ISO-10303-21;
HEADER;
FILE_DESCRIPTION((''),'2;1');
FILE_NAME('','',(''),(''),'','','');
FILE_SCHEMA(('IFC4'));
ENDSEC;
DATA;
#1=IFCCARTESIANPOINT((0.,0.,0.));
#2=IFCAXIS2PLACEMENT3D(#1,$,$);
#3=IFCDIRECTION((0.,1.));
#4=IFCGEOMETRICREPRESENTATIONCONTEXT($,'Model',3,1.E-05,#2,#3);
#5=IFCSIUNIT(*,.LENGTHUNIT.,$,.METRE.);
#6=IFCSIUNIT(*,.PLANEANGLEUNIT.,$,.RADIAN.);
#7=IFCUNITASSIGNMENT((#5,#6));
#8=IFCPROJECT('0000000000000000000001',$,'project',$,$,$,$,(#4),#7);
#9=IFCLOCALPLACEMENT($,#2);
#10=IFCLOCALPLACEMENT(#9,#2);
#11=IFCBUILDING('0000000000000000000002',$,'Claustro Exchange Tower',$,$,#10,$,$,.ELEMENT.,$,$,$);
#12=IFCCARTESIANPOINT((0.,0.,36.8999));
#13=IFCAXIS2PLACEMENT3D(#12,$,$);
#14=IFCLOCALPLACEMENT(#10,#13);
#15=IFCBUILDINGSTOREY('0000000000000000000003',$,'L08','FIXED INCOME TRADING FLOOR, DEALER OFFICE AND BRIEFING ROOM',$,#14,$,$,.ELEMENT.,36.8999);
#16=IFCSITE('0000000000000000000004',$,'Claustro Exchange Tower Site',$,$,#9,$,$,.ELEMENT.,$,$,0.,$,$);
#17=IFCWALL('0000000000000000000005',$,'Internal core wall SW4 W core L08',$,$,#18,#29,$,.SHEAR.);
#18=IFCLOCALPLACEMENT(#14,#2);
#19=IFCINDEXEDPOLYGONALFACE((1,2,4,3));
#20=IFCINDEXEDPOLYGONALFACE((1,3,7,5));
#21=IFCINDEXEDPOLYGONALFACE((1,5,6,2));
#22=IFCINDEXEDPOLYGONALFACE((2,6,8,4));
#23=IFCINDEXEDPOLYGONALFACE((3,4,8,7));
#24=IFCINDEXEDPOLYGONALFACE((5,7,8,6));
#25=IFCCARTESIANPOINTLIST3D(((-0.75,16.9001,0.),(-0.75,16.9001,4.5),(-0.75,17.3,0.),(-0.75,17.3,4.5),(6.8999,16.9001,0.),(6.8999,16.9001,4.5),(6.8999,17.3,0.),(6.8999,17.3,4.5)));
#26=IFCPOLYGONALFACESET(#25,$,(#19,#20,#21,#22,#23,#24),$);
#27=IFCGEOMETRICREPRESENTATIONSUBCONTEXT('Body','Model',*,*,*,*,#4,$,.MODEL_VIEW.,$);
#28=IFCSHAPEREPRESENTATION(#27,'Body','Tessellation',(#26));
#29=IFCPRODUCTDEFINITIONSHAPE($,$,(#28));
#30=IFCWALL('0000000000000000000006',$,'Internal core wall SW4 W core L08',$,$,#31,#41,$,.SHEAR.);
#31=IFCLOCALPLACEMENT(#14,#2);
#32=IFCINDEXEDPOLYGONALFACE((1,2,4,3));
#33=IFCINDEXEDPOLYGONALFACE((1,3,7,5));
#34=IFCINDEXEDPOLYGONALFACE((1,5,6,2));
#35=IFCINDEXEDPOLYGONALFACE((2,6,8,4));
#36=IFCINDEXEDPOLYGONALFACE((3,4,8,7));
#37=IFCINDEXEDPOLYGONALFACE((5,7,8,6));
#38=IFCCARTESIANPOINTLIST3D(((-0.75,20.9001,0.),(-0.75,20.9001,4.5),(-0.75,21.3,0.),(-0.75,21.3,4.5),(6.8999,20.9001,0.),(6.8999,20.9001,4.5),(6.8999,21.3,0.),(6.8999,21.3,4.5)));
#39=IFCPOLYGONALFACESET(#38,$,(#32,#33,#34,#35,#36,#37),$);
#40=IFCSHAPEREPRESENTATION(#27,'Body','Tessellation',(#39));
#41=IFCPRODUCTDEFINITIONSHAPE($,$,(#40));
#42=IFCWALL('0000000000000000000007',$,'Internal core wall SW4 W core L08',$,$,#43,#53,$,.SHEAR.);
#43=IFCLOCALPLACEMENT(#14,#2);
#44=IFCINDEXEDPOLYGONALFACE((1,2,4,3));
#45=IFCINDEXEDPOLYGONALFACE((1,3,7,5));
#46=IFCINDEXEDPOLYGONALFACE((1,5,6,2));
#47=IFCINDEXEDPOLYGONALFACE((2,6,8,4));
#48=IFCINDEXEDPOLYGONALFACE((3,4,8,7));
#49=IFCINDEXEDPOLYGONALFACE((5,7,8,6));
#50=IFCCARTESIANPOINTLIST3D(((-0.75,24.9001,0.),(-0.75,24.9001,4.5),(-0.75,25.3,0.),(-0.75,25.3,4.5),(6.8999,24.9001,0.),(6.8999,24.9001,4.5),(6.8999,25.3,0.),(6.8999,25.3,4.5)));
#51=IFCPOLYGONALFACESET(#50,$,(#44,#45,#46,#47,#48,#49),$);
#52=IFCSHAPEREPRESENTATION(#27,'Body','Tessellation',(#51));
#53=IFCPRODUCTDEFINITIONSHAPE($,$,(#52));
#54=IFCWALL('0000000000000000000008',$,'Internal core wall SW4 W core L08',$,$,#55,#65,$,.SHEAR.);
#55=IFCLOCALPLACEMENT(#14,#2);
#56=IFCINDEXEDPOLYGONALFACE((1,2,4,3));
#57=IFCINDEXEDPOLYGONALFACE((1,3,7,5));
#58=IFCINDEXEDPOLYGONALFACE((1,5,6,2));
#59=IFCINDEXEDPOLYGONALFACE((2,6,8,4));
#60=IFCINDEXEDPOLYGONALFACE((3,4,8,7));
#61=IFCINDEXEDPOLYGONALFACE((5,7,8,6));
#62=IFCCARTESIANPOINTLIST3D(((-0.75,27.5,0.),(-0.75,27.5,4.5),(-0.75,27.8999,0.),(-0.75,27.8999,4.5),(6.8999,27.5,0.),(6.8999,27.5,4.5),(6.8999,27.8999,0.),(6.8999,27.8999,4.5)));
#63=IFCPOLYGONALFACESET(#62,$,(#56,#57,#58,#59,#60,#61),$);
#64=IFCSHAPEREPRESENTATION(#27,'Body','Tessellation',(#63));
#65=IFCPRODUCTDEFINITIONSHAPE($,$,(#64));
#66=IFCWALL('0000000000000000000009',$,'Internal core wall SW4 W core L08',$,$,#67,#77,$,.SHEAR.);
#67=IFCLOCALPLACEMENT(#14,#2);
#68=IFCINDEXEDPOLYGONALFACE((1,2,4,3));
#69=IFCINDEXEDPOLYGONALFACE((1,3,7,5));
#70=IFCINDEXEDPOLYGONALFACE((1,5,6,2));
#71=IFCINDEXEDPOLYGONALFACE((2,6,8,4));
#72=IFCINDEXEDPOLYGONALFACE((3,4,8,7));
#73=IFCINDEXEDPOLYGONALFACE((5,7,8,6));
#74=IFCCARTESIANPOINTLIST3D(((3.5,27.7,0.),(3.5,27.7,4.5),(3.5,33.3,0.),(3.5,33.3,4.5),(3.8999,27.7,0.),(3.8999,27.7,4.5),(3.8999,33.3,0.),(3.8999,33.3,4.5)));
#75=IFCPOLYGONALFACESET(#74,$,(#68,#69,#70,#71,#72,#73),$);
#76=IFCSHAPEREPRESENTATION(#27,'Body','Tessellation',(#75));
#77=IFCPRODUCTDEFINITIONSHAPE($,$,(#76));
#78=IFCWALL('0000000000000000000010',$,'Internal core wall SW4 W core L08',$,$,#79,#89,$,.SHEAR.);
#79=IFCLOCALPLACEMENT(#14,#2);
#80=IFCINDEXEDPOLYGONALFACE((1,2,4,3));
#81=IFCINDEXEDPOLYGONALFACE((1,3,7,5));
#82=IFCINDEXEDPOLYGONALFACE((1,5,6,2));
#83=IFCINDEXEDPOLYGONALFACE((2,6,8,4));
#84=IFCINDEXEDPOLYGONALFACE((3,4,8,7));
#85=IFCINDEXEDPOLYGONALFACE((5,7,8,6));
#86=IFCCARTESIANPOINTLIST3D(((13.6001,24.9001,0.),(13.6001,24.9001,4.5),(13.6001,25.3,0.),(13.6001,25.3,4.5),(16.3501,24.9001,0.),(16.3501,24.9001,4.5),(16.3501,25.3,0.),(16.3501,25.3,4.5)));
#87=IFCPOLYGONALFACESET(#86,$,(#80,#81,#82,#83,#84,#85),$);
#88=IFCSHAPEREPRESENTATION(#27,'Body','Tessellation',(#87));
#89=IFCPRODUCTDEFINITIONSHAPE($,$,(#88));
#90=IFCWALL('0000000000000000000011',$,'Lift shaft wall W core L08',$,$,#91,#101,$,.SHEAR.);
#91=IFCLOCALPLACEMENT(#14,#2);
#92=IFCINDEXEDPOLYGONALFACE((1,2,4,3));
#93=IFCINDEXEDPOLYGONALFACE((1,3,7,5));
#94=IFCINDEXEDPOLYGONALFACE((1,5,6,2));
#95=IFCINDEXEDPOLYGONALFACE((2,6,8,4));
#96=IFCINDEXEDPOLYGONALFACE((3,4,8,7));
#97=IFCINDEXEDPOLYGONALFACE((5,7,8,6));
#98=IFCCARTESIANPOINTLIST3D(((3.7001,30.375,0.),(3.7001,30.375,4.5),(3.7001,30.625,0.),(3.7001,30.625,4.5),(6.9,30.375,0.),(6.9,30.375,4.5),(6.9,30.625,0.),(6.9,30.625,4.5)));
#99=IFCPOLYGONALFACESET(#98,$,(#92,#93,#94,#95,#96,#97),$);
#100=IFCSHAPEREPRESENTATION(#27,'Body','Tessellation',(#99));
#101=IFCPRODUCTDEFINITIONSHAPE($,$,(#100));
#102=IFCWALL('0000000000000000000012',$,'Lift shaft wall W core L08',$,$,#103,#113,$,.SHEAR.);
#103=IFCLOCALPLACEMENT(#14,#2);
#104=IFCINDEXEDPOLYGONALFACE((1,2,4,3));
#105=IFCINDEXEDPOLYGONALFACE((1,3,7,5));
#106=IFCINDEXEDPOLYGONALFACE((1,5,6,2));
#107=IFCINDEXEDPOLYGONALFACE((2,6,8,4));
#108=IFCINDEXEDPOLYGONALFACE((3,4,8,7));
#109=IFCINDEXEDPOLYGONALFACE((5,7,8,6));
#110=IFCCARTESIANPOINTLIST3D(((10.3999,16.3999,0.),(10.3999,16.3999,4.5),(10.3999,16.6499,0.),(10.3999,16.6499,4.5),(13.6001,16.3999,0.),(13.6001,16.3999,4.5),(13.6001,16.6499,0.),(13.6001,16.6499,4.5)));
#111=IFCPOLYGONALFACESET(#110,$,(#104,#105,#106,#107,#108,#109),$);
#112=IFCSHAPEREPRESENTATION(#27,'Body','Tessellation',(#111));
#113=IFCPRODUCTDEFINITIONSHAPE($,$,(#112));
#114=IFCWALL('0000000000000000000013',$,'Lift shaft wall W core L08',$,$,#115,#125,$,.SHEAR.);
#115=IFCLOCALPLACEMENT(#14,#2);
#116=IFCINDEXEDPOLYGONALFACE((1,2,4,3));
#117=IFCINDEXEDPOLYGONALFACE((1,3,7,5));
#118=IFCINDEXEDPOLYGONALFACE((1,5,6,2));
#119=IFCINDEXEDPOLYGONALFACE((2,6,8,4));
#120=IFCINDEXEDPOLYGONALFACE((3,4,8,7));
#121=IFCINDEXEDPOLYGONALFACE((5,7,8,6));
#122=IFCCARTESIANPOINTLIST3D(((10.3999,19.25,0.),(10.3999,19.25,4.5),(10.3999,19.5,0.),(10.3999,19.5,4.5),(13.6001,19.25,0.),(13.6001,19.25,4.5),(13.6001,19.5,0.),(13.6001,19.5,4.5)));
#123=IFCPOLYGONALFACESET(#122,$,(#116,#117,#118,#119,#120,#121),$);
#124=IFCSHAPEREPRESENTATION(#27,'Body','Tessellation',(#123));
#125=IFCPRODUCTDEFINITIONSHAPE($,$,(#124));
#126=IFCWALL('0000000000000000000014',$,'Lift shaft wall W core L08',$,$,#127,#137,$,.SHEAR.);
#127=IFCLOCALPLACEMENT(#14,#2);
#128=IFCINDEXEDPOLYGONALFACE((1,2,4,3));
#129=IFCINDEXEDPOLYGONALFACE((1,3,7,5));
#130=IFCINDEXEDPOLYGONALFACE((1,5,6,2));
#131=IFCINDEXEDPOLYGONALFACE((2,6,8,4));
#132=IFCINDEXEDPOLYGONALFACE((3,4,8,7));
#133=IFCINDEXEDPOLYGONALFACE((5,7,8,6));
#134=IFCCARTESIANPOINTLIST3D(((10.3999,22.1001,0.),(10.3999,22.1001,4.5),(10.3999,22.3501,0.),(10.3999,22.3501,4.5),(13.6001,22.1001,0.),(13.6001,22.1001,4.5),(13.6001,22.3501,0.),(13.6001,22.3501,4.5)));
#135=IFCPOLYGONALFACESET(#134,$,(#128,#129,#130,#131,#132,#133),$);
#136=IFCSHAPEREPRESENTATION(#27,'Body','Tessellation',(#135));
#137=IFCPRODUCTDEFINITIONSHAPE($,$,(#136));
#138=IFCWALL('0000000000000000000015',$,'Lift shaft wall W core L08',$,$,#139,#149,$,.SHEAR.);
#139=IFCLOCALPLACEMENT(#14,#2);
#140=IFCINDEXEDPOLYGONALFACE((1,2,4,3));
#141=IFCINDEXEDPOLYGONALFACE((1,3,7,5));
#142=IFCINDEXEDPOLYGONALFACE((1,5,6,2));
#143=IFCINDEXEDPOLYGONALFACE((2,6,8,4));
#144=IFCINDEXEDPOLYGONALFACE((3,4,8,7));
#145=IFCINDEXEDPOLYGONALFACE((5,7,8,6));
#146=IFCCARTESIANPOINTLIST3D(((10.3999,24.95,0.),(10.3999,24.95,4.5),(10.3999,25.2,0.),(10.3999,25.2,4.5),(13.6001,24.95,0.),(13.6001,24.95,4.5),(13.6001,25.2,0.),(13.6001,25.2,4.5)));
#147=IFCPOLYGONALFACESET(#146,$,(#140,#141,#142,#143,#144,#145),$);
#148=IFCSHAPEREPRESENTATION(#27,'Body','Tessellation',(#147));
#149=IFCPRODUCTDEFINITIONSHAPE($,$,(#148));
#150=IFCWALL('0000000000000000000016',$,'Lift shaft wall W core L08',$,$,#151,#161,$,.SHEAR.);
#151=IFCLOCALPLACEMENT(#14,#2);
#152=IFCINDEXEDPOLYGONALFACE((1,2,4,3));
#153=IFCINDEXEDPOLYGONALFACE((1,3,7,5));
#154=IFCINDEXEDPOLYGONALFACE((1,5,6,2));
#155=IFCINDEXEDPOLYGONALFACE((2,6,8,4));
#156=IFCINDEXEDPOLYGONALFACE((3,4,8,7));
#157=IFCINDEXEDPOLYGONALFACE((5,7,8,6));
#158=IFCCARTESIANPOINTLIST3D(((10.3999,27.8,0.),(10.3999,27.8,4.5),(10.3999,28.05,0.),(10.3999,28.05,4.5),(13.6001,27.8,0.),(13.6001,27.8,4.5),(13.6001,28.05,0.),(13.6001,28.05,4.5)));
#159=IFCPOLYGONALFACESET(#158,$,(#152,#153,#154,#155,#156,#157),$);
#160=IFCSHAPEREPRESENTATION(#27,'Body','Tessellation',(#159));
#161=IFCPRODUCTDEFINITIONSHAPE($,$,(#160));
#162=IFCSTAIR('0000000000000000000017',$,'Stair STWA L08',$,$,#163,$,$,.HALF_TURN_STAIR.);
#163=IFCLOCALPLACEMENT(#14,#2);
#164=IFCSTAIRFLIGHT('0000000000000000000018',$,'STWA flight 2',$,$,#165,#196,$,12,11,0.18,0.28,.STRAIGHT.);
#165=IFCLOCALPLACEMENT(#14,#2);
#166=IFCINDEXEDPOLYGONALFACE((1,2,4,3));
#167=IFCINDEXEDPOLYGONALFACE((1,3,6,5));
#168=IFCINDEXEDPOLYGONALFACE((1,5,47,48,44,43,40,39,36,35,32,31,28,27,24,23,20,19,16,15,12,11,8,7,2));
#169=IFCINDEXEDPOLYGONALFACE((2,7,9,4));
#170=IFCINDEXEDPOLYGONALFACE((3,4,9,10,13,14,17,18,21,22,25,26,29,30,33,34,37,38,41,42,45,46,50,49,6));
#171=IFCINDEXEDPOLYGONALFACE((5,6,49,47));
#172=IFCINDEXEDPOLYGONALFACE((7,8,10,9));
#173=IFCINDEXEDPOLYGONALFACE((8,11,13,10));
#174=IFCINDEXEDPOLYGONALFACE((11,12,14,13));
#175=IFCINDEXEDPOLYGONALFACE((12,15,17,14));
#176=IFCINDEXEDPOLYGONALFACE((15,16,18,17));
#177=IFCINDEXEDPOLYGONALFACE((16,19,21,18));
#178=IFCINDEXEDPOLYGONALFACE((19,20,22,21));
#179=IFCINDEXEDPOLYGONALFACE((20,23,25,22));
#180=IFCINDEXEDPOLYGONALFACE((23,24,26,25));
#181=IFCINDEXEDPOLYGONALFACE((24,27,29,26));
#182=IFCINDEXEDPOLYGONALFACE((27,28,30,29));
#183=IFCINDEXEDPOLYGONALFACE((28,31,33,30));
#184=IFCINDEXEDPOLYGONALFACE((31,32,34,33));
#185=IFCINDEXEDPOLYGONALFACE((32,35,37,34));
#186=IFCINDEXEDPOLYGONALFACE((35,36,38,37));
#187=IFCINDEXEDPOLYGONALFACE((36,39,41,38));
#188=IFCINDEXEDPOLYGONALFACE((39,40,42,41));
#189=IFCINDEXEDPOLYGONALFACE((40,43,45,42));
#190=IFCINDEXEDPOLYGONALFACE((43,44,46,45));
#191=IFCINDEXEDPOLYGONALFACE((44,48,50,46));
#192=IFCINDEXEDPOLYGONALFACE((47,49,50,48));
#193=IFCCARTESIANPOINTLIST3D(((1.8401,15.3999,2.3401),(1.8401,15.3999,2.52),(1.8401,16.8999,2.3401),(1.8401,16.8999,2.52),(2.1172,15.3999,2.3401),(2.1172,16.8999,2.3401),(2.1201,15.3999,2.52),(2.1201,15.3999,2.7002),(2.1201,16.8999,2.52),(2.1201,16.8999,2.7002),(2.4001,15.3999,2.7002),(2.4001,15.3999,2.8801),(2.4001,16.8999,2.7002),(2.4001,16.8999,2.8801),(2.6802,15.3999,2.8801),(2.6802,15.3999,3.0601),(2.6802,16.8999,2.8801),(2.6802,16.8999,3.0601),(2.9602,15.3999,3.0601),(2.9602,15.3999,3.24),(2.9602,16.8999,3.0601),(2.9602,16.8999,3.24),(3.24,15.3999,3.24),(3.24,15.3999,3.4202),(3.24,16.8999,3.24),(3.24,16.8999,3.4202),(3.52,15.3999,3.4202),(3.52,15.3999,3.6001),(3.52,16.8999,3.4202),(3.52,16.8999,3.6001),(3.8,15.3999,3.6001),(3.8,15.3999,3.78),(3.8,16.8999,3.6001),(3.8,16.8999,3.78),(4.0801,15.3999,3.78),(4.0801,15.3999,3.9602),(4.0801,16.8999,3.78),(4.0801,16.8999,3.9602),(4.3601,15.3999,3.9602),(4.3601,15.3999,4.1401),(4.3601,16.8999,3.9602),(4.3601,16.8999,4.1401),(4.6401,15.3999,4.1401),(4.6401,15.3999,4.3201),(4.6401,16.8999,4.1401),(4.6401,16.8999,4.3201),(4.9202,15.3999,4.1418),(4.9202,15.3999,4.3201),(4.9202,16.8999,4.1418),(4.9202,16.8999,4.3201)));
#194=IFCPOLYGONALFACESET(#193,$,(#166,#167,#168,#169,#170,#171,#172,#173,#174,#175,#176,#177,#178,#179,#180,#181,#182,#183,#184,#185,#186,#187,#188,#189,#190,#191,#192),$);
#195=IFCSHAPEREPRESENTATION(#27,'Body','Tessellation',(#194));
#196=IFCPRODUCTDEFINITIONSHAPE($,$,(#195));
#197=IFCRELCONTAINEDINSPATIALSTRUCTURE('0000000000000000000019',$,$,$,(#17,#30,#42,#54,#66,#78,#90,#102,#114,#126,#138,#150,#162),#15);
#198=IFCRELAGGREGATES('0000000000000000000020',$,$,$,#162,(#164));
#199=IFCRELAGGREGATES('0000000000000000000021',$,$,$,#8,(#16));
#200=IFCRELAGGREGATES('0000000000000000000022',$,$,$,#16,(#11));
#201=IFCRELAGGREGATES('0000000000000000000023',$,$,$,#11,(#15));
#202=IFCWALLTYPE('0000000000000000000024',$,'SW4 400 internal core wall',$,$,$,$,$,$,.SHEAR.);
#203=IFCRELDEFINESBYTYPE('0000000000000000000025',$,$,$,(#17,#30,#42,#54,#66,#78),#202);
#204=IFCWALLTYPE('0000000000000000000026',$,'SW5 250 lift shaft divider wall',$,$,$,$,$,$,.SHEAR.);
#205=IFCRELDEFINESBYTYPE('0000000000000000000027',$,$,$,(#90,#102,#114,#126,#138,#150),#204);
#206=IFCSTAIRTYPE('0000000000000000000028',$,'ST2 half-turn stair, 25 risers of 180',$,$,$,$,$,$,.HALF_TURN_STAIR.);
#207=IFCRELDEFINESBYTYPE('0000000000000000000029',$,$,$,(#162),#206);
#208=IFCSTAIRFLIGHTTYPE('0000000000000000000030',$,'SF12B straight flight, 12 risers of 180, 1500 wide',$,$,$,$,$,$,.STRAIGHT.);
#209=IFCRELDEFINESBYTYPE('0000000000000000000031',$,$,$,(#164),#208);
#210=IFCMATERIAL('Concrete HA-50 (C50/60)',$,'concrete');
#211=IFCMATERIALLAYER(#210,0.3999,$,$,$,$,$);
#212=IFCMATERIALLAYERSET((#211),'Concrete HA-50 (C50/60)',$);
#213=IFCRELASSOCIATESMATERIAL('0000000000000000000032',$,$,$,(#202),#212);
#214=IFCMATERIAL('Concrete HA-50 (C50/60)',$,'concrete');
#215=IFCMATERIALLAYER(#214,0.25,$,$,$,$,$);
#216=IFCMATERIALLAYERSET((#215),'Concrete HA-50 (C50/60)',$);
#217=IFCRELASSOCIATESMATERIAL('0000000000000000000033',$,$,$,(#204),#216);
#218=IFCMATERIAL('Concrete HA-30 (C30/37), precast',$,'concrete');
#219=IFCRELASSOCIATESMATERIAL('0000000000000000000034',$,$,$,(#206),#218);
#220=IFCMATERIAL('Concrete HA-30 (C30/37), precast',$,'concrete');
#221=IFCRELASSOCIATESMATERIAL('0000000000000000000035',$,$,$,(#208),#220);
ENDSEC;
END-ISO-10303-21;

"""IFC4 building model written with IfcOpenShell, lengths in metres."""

from ifc_helpers import new_model, si_unit, direction, frame, frame_2d, origin, place, context, subcontext, project, spatial, polyline, rectangle, outline, extrude, material, layer, layer_set, type_object, element, aggregate, save


model = new_model("IFC4")

# Units and contexts
model_context = context("Model", 3, precision=1e-05, world=origin(), true_north=direction((0.0, 1.0)))
body_context = subcontext(model_context, "Body", "Model", "MODEL_VIEW")
ifc_project = project(units=[si_unit("LENGTHUNIT", "METRE"), si_unit("PLANEANGLEUNIT", "RADIAN")], contexts=[model_context])

# Site, building, storey
site_placement = place(None, origin())
site = spatial("IfcSite", under=ifc_project, at=site_placement, Name="Claustro Exchange Tower Site", CompositionType="ELEMENT", RefElevation=0.0)
building_placement = place(site_placement, origin())
building = spatial("IfcBuilding", under=site, at=building_placement, Name="Claustro Exchange Tower", CompositionType="ELEMENT")
storey_placement = place(building_placement, frame((0.0, 0.0, 36.8999)))
storey = spatial("IfcBuildingStorey", under=building, at=storey_placement, Name="L08", Description="FIXED INCOME TRADING FLOOR, DEALER OFFICE AND BRIEFING ROOM", CompositionType="ELEMENT", Elevation=36.8999)

# Walls
ifc_material_1 = material(Name="Concrete HA-50 (C50/60)", Category="concrete")
ifc_layer_1 = layer(ifc_material_1, 0.3999)
ifc_layer_set_1 = layer_set([ifc_layer_1], Name="Concrete HA-50 (C50/60)")
wall_type_1 = type_object("IfcWallType", Name="SW4 400 internal core wall", PredefinedType="SHEAR", material=ifc_layer_set_1)
for number, where, z_axis, x_axis, name in (
    (1, (-0.75, 17.1001, 0.0), (0.0, 0.0, 1.0), (1.0, 0.0, 0.0), "Internal core wall SW4 W core L08"),
    (2, (-0.75, 21.1001, 0.0), (0.0, 0.0, 1.0), (1.0, 0.0, 0.0), "Internal core wall SW4 W core L08"),
    (3, (-0.75, 25.1001, 0.0), (0.0, 0.0, 1.0), (1.0, 0.0, 0.0), "Internal core wall SW4 W core L08"),
    (4, (-0.75, 27.7, 0.0), (0.0, 0.0, 1.0), (1.0, 0.0, 0.0), "Internal core wall SW4 W core L08"),
):
    element("IfcWall", number, at=place(storey_placement, frame(where, z_axis=z_axis, x_axis=x_axis)), inside=storey, type_object=wall_type_1, Name=name, PredefinedType="SHEAR", context=body_context, shape_type="SweptSolid", body=[
        extrude(rectangle(XDim=7.6499, YDim=0.3999, at=frame_2d((3.825, 0.0))), origin(), (0.0, 0.0, 1.0), 4.5),
    ])
wall_1_placement = place(storey_placement, frame((3.7, 27.7, 0.0), z_axis=(0.0, 0.0, 1.0), x_axis=(0.0, 1.0, 0.0)))
element("IfcWall", 5, at=wall_1_placement, inside=storey, type_object=wall_type_1, Name="Internal core wall SW4 W core L08", PredefinedType="SHEAR", context=body_context, shape_type="SweptSolid", body=[
    extrude(rectangle(XDim=5.6001, YDim=0.3999, at=frame_2d((2.8, 0.0))), origin(), (0.0, 0.0, 1.0), 4.5),
])
wall_2_placement = place(storey_placement, frame((13.6001, 25.1001, 0.0), z_axis=(0.0, 0.0, 1.0), x_axis=(1.0, 0.0, 0.0)))
element("IfcWall", 6, at=wall_2_placement, inside=storey, type_object=wall_type_1, Name="Internal core wall SW4 W core L08", PredefinedType="SHEAR", context=body_context, shape_type="SweptSolid", body=[
    extrude(rectangle(XDim=2.75, YDim=0.3999, at=frame_2d((1.375, 0.0))), origin(), (0.0, 0.0, 1.0), 4.5),
])
ifc_material_2 = material(Name="Concrete HA-50 (C50/60)", Category="concrete")
ifc_layer_2 = layer(ifc_material_2, 0.25)
ifc_layer_set_2 = layer_set([ifc_layer_2], Name="Concrete HA-50 (C50/60)")
wall_type_2 = type_object("IfcWallType", Name="SW5 250 lift shaft divider wall", PredefinedType="SHEAR", material=ifc_layer_set_2)
wall_3_placement = place(storey_placement, frame((3.7, 30.5, 0.0), z_axis=(0.0, 0.0, 1.0), x_axis=(1.0, 0.0, 0.0)))
element("IfcWall", 7, at=wall_3_placement, inside=storey, type_object=wall_type_2, Name="Lift shaft wall W core L08", PredefinedType="SHEAR", context=body_context, shape_type="SweptSolid", body=[
    extrude(rectangle(XDim=3.2, YDim=0.25, at=frame_2d((1.6001, 0.0))), origin(), (0.0, 0.0, 1.0), 4.5),
])
for number, where, z_axis, x_axis, name in (
    (8, (10.3999, 16.5249, 0.0), (0.0, 0.0, 1.0), (1.0, 0.0, 0.0), "Lift shaft wall W core L08"),
    (9, (10.3999, 19.375, 0.0), (0.0, 0.0, 1.0), (1.0, 0.0, 0.0), "Lift shaft wall W core L08"),
    (10, (10.3999, 22.2251, 0.0), (0.0, 0.0, 1.0), (1.0, 0.0, 0.0), "Lift shaft wall W core L08"),
    (11, (10.3999, 25.075, 0.0), (0.0, 0.0, 1.0), (1.0, 0.0, 0.0), "Lift shaft wall W core L08"),
    (12, (10.3999, 27.925, 0.0), (0.0, 0.0, 1.0), (1.0, 0.0, 0.0), "Lift shaft wall W core L08"),
):
    element("IfcWall", number, at=place(storey_placement, frame(where, z_axis=z_axis, x_axis=x_axis)), inside=storey, type_object=wall_type_2, Name=name, PredefinedType="SHEAR", context=body_context, shape_type="SweptSolid", body=[
        extrude(rectangle(XDim=3.2002, YDim=0.25, at=frame_2d((1.6001, 0.0))), origin(), (0.0, 0.0, 1.0), 4.5),
    ])

# Stair, stair flight
ifc_material_3 = material(Name="Concrete HA-30 (C30/37), precast", Category="concrete")
stair_type = type_object("IfcStairType", Name="ST2 half-turn stair, 25 risers of 180", PredefinedType="HALF_TURN_STAIR", material=ifc_material_3)
stair_placement = place(storey_placement, origin())
stair = element("IfcStair", 13, at=stair_placement, inside=storey, type_object=stair_type, Name="Stair STWA L08", PredefinedType="HALF_TURN_STAIR")
ifc_material_4 = material(Name="Concrete HA-30 (C30/37), precast", Category="concrete")
stair_flight_type = type_object("IfcStairFlightType", Name="SF12B straight flight, 12 risers of 180, 1500 wide", PredefinedType="STRAIGHT", material=ifc_material_4)
stair_flight_placement = place(storey_placement, frame((1.8401, 16.1499, 2.3401), z_axis=(0.0, 0.0, 1.0), x_axis=(1.0, 0.0, 0.0)))
stair_flight = element("IfcStairFlight", 14, at=stair_flight_placement, type_object=stair_flight_type, Name="STWA flight 2", NumberOfRisers=12, NumberOfTreads=11, PredefinedType="STRAIGHT", RiserHeight=0.18, TreadLength=0.28, context=body_context, shape_type="SweptSolid", body=[
    extrude(outline(polyline([(0.0, 0.0), (0.0, 0.1799), (0.28, 0.1799), (0.28, 0.3601), (0.5601, 0.3601), (0.5601, 0.54), (0.8401, 0.54), (0.8401, 0.72), (1.1201, 0.72), (1.1201, 0.8999), (1.3999, 0.8999), (1.3999, 1.0801), (1.6799, 1.0801), (1.6799, 1.26), (1.96, 1.26), (1.96, 1.4399), (2.24, 1.4399), (2.24, 1.6201), (2.52, 1.6201), (2.52, 1.8), (2.8, 1.8), (2.8, 1.98), (3.0801, 1.98), (3.0801, 2.1599), (3.0801, 1.8018), (0.2771, 0.0), (0.0, 0.0)])), frame((0.0, 0.75, 0.0), z_axis=(0.0, -1.0, 0.0), x_axis=(1.0, 0.0, 0.0)), (0.0, 0.0, 1.0), 1.5),
])
aggregate(stair, [stair_flight])

save(model, "model.ifc")
